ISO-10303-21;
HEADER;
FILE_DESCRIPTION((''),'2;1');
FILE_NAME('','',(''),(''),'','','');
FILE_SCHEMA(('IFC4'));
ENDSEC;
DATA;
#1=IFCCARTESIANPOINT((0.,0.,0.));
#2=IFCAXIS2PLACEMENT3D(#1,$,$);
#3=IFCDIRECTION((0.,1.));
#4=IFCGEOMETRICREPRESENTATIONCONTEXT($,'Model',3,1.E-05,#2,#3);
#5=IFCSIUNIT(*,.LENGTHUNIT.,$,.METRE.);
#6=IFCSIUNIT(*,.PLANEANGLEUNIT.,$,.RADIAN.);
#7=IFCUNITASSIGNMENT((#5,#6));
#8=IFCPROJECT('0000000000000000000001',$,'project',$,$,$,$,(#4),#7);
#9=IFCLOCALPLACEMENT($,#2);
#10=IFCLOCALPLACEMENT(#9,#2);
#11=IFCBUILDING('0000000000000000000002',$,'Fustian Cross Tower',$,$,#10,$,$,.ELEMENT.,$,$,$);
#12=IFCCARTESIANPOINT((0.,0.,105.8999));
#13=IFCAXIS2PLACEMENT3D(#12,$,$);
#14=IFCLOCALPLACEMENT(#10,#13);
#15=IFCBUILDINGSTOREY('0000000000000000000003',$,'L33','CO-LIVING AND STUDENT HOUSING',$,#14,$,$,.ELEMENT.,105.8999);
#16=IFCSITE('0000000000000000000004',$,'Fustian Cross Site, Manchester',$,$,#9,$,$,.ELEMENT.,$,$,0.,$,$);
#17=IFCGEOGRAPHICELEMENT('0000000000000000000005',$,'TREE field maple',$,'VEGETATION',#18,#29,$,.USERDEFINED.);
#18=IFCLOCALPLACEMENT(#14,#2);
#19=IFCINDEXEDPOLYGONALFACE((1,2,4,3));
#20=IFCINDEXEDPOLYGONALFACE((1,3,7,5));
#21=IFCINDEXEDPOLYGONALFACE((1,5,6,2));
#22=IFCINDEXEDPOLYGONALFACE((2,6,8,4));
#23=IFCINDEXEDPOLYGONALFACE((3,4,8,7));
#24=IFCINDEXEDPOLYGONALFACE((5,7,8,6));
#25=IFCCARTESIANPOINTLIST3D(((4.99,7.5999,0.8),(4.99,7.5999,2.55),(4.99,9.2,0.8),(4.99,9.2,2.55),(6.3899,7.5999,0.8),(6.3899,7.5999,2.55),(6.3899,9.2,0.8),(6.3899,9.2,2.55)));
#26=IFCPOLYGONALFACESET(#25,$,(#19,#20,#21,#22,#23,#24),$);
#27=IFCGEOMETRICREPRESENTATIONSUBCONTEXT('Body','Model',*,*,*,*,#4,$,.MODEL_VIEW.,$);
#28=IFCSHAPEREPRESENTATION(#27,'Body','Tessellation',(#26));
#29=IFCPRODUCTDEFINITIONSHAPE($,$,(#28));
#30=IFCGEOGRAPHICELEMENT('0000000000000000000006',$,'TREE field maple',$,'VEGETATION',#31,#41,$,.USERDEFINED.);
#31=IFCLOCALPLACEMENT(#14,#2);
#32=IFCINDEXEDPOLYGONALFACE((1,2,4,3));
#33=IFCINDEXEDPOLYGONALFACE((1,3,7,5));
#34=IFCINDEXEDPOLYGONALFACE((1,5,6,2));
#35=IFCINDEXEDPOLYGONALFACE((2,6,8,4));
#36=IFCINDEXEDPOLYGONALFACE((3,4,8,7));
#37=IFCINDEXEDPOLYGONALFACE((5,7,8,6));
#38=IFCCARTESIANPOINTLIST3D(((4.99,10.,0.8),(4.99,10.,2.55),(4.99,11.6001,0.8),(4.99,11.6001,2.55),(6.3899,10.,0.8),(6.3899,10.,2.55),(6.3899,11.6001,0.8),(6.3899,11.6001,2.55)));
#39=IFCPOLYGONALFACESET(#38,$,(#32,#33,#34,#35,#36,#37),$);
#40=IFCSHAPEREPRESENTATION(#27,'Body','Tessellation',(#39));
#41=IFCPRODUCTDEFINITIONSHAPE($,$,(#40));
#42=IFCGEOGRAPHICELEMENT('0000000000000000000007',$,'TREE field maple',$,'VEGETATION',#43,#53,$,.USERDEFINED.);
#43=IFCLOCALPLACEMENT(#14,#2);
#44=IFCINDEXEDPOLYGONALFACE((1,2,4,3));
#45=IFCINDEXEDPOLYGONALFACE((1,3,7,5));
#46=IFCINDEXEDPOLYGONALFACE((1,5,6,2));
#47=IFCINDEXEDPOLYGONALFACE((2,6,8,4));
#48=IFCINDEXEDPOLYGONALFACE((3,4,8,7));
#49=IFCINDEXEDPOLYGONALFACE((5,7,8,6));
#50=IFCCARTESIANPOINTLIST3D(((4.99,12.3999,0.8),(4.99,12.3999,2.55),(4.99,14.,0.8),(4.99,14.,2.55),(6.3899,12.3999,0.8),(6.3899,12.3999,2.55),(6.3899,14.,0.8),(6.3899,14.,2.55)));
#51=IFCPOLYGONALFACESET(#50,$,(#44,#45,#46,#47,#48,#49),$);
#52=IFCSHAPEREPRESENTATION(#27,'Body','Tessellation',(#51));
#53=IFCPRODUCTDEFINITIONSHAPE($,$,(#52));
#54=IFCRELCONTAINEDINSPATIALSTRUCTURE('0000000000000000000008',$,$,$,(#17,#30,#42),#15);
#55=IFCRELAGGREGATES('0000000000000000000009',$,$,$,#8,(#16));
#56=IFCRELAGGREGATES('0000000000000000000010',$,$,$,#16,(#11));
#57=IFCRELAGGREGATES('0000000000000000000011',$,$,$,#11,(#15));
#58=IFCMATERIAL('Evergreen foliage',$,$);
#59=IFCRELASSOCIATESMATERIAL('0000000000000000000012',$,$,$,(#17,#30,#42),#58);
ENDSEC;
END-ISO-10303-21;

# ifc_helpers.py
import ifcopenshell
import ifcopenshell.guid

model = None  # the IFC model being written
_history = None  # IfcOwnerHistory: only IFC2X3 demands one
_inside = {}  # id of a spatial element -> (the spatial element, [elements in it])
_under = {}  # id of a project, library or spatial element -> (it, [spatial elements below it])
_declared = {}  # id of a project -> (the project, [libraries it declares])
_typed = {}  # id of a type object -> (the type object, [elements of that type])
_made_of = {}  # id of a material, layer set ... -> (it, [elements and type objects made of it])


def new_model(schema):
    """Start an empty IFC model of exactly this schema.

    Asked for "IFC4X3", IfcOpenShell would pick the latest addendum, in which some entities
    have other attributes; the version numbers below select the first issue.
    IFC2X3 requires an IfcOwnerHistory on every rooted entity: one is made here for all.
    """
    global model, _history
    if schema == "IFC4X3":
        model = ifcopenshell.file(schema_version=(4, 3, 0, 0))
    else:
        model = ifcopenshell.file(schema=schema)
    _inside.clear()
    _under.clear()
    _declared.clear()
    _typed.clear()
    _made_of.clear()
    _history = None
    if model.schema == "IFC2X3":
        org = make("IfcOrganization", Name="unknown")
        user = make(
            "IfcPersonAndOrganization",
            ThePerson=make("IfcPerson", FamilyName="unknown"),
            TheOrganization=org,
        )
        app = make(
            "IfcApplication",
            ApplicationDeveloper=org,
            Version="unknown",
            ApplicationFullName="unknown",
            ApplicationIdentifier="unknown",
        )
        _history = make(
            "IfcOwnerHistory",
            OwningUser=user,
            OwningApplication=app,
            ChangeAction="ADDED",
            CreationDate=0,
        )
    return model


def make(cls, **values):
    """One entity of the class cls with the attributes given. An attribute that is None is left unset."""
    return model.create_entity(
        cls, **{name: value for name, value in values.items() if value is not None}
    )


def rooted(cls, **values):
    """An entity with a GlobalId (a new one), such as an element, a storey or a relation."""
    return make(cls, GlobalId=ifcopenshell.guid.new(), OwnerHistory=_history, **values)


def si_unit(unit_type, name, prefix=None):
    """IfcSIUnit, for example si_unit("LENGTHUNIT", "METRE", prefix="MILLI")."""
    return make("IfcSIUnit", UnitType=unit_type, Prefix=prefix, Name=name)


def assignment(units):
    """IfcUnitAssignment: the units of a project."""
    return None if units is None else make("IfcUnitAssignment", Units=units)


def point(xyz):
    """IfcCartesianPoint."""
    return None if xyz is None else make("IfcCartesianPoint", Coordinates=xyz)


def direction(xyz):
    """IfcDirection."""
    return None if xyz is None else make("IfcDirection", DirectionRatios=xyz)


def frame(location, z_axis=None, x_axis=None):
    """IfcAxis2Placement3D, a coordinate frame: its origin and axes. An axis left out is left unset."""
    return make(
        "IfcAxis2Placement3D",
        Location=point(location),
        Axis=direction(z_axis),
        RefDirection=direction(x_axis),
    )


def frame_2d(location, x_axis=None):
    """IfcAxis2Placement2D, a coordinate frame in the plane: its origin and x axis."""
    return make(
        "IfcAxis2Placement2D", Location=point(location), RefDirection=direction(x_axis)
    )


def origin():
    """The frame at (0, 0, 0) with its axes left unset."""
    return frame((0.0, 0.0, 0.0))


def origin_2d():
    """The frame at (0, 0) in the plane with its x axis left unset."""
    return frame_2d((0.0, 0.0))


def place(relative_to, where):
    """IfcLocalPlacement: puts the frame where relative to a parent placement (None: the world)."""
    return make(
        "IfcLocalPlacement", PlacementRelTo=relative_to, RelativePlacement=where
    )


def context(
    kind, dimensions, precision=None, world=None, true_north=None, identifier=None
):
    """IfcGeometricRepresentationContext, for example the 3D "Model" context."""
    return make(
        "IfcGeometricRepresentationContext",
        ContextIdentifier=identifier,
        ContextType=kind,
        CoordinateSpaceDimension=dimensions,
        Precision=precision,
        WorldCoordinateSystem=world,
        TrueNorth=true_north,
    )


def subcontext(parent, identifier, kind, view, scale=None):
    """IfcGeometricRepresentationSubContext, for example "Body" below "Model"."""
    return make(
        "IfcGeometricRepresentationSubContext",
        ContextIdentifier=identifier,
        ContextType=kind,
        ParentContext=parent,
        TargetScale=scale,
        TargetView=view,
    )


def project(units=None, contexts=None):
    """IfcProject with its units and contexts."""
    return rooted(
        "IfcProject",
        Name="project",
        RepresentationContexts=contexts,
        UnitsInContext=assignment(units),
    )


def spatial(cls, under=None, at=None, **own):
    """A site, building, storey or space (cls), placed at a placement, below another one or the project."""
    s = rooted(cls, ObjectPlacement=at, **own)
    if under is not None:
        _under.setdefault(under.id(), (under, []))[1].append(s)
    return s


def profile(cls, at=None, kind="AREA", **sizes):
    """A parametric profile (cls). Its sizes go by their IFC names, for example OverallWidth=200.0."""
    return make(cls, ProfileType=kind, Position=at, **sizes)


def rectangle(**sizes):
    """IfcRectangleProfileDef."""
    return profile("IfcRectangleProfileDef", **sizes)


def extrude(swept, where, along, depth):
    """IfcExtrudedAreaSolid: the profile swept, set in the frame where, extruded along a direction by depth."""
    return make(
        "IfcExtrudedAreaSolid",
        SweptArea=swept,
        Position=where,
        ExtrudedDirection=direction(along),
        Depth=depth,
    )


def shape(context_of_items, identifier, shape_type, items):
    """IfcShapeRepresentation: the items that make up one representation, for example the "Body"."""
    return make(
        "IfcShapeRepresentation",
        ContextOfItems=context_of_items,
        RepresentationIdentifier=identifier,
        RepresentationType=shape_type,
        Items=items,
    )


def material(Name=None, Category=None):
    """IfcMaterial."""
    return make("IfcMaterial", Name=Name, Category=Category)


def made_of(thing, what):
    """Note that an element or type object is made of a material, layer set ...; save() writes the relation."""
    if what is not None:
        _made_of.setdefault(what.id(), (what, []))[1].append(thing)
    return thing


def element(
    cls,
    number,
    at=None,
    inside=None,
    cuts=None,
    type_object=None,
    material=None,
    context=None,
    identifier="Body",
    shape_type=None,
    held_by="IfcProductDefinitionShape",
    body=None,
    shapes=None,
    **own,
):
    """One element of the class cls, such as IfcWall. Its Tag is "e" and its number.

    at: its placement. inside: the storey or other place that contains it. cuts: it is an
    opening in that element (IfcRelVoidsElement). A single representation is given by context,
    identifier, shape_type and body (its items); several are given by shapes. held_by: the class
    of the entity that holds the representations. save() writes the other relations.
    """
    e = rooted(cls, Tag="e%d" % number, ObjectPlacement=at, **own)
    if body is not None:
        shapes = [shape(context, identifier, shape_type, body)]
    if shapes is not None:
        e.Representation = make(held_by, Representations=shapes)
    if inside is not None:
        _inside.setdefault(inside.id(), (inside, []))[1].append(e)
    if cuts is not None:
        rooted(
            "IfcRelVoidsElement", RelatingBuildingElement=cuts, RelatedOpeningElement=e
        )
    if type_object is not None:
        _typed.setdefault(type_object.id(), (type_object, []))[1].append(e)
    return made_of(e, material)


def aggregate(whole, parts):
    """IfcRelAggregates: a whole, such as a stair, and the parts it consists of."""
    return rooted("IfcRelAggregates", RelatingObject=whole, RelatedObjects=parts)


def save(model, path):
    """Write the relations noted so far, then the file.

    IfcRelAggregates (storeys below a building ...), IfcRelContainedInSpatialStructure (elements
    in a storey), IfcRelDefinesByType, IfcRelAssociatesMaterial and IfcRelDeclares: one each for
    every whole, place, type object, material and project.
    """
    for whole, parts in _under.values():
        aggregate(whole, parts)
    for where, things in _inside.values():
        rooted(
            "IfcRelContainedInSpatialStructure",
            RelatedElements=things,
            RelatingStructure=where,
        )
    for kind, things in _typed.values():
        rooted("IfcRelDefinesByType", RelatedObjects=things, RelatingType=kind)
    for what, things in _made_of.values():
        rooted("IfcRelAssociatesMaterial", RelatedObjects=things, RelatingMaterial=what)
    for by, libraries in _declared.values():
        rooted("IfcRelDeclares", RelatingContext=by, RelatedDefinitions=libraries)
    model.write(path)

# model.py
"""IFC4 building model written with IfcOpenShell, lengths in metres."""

from ifc_helpers import new_model, si_unit, direction, frame, origin, origin_2d, place, context, subcontext, project, spatial, rectangle, extrude, material, element, save


model = new_model("IFC4")

# Units and contexts
model_context = context("Model", 3, precision=1e-05, world=origin(), true_north=direction((0.0, 1.0)))
body_context = subcontext(model_context, "Body", "Model", "MODEL_VIEW")
ifc_project = project(units=[si_unit("LENGTHUNIT", "METRE"), si_unit("PLANEANGLEUNIT", "RADIAN")], contexts=[model_context])

# Site, building, storey
site_placement = place(None, origin())
site = spatial("IfcSite", under=ifc_project, at=site_placement, Name="Fustian Cross Site, Manchester", CompositionType="ELEMENT", RefElevation=0.0)
building_placement = place(site_placement, origin())
building = spatial("IfcBuilding", under=site, at=building_placement, Name="Fustian Cross Tower", CompositionType="ELEMENT")
storey_placement = place(building_placement, frame((0.0, 0.0, 105.8999)))
storey = spatial("IfcBuildingStorey", under=building, at=storey_placement, Name="L33", Description="CO-LIVING AND STUDENT HOUSING", CompositionType="ELEMENT", Elevation=105.8999)

# Geographic elements
ifc_material_1 = material(Name="Evergreen foliage")
for number, where, z_axis, x_axis, name in (
    (1, (5.6899, 8.3999, 0.8), (0.0, 0.0, 1.0), (1.0, 0.0, 0.0), "TREE field maple"),
    (2, (5.6899, 10.8, 0.8), (0.0, 0.0, 1.0), (1.0, 0.0, 0.0), "TREE field maple"),
    (3, (5.6899, 13.2, 0.8), (0.0, 0.0, 1.0), (1.0, 0.0, 0.0), "TREE field maple"),
):
    element("IfcGeographicElement", number, at=place(storey_placement, frame(where, z_axis=z_axis, x_axis=x_axis)), inside=storey, material=ifc_material_1, Name=name, ObjectType="VEGETATION", PredefinedType="USERDEFINED", context=body_context, shape_type="SweptSolid", body=[
        extrude(rectangle(XDim=1.3999, YDim=1.6001, at=origin_2d()), origin(), (0.0, 0.0, 1.0), 1.75),
    ])

save(model, "model.ifc")
